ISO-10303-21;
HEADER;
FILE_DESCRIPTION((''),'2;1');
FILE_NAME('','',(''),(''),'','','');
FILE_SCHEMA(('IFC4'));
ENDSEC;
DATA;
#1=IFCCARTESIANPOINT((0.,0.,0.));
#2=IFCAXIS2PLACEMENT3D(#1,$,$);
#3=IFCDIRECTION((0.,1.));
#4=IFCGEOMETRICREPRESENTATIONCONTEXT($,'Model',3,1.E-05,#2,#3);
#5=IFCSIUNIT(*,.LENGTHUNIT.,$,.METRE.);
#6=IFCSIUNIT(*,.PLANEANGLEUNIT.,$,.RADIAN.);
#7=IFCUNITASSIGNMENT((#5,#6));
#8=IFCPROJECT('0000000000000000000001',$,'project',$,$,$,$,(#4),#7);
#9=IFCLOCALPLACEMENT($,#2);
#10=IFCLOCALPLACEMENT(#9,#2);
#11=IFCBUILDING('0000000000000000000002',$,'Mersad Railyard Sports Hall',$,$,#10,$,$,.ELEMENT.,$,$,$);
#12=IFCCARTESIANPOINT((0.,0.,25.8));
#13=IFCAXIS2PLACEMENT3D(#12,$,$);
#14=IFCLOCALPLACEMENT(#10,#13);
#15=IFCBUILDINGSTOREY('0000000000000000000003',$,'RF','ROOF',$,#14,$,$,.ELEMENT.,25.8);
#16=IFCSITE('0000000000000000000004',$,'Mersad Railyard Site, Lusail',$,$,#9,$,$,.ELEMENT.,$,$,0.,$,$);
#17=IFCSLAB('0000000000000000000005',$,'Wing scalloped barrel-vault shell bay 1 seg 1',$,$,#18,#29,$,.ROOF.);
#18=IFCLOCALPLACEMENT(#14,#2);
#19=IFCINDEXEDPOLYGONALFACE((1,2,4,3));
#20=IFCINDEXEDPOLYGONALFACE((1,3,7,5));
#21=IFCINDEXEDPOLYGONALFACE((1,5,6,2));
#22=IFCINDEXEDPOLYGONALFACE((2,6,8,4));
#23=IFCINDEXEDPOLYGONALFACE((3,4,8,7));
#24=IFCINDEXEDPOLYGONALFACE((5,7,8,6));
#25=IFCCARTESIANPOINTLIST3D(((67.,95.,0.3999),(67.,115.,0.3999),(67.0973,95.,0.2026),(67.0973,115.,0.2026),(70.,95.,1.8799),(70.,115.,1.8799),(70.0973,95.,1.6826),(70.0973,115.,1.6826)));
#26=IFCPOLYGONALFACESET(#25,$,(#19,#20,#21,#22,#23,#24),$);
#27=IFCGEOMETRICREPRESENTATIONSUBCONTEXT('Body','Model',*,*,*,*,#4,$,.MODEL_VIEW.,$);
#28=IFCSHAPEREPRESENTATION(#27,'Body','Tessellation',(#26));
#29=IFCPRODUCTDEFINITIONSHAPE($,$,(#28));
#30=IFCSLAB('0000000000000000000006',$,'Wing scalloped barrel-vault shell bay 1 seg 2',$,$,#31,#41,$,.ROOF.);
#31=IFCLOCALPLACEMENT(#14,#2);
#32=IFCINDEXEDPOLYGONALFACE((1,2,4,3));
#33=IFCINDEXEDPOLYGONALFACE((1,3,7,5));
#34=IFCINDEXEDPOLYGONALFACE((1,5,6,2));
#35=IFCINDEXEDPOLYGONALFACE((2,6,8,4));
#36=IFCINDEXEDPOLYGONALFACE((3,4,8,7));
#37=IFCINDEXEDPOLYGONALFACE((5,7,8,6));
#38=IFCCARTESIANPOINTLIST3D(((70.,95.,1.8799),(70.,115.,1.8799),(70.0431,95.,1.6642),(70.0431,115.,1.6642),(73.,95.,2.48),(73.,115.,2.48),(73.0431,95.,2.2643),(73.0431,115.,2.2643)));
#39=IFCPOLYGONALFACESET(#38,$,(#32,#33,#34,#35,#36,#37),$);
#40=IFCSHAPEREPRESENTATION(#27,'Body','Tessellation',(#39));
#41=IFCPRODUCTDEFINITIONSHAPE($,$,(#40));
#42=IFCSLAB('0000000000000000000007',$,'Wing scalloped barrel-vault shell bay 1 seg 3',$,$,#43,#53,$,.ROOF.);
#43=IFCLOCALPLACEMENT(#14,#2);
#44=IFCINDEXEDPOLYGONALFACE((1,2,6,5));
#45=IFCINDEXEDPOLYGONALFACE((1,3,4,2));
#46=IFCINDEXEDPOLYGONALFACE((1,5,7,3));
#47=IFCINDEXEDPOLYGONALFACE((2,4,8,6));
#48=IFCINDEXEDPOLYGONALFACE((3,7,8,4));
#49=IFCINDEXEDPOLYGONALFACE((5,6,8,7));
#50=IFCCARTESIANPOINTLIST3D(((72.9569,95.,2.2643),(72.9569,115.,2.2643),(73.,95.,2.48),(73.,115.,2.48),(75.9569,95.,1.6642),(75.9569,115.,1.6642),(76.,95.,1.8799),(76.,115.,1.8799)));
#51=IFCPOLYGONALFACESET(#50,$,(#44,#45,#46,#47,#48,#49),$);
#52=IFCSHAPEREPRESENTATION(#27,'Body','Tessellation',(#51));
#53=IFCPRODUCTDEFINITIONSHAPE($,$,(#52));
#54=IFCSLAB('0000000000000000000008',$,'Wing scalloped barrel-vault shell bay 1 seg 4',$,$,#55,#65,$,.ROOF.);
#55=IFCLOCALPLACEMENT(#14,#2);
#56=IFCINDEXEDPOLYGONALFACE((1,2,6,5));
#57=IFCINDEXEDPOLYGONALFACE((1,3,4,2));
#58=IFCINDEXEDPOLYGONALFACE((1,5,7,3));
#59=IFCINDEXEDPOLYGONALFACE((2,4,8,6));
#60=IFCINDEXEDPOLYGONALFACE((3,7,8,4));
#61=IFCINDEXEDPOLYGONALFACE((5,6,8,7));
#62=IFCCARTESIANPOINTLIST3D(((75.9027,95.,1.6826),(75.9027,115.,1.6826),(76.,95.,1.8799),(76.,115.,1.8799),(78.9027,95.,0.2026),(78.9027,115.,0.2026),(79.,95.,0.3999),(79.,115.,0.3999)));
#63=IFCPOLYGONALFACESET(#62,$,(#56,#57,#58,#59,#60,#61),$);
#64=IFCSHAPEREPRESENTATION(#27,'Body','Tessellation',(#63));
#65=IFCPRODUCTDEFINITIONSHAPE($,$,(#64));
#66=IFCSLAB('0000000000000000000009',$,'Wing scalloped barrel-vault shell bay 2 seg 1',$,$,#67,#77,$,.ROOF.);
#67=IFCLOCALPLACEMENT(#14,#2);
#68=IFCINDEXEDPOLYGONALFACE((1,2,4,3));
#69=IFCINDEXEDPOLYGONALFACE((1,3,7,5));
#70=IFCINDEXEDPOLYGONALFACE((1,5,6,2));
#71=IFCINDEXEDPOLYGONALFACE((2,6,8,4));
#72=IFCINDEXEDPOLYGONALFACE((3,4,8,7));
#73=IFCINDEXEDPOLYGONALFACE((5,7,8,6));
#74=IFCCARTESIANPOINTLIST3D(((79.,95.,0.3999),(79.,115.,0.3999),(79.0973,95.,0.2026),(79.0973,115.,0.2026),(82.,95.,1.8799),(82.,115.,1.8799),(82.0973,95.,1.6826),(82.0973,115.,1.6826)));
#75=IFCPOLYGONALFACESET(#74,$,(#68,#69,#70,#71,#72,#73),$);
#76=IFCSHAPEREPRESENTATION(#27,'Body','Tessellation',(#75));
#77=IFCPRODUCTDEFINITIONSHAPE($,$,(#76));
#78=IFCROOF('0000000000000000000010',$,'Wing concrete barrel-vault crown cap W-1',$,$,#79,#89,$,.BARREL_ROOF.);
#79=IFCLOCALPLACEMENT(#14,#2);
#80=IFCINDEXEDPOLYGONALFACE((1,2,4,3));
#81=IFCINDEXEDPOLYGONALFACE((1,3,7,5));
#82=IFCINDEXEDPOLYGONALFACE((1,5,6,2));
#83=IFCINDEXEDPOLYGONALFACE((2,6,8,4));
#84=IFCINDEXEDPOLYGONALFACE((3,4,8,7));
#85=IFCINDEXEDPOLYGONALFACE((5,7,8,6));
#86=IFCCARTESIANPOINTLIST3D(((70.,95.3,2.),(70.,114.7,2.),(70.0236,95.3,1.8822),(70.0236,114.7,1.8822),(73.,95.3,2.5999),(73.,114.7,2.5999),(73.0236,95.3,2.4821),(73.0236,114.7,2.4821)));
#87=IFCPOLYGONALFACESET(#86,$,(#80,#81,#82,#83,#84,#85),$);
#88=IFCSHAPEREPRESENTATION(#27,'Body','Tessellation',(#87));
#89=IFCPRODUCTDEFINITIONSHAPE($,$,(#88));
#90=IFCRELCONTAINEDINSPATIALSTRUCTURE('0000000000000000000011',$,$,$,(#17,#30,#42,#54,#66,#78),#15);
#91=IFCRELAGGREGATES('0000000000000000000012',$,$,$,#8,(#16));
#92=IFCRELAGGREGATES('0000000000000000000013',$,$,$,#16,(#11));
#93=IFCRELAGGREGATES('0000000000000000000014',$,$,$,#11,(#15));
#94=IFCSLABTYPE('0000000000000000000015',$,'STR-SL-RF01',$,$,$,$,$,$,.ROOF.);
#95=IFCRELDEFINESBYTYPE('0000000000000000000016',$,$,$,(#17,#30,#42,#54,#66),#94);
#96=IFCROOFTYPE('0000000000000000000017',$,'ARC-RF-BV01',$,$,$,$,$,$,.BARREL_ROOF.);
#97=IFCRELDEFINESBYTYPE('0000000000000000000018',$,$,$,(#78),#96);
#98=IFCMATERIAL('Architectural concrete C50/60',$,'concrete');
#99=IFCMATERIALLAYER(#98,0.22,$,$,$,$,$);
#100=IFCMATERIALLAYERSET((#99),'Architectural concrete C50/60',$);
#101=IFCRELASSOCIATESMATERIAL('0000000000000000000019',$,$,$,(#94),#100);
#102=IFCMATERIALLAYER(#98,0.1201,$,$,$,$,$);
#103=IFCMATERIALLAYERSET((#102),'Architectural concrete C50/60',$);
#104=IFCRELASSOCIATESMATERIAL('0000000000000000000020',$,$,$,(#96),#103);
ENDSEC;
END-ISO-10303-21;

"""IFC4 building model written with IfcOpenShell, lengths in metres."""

from ifc_helpers import new_model, si_unit, direction, frame, origin, place, context, subcontext, project, spatial, polyline, outline, extrude, material, layer, layer_set, type_object, element, save


model = new_model("IFC4")

# Units and contexts
model_context = context("Model", 3, precision=1e-05, world=origin(), true_north=direction((0.0, 1.0)))
body_context = subcontext(model_context, "Body", "Model", "MODEL_VIEW")
ifc_project = project(units=[si_unit("LENGTHUNIT", "METRE"), si_unit("PLANEANGLEUNIT", "RADIAN")], contexts=[model_context])

# Site, building, storey
site_placement = place(None, origin())
site = spatial("IfcSite", under=ifc_project, at=site_placement, Name="Mersad Railyard Site, Lusail", CompositionType="ELEMENT", RefElevation=0.0)
building_placement = place(site_placement, origin())
building = spatial("IfcBuilding", under=site, at=building_placement, Name="Mersad Railyard Sports Hall", CompositionType="ELEMENT")
storey_placement = place(building_placement, frame((0.0, 0.0, 25.8)))
storey = spatial("IfcBuildingStorey", under=building, at=storey_placement, Name="RF", Description="ROOF", CompositionType="ELEMENT", Elevation=25.8)

# Shared definitions
ifc_material_1 = material(Name="Architectural concrete C50/60", Category="concrete")

# Slabs
ifc_layer_1 = layer(ifc_material_1, 0.22)
ifc_layer_set_1 = layer_set([ifc_layer_1], Name="Architectural concrete C50/60")
slab_type = type_object("IfcSlabType", Name="STR-SL-RF01", PredefinedType="ROOF", material=ifc_layer_set_1)
slab_placement = place(storey_placement, frame((67.0, 95.0, 0.3999), z_axis=(-0.44242, 0.0, 0.896808), x_axis=(0.896808, 0.0, 0.44242)))
element("IfcSlab", 1, at=slab_placement, inside=storey, type_object=slab_type, Name="Wing scalloped barrel-vault shell bay 1 seg 1", PredefinedType="ROOF", context=body_context, shape_type="SweptSolid", body=[
    extrude(outline(polyline([(0.0, 0.0), (3.3452, 0.0), (3.3452, 20.0), (0.0, 20.0), (0.0, 0.0)])), origin(), (0.0, 0.0, -1.0), 0.22),
])
for number, where, z_axis, x_axis, name in (
    (2, (70.0, 95.0, 1.8799), (-0.196147, 0.0, 0.980575), (0.980575, 0.0, 0.196147), "Wing scalloped barrel-vault shell bay 1 seg 2"),
    (3, (73.0, 95.0, 2.48), (0.196147, 0.0, 0.980575), (0.980575, 0.0, -0.196147), "Wing scalloped barrel-vault shell bay 1 seg 3"),
):
    element("IfcSlab", number, at=place(storey_placement, frame(where, z_axis=z_axis, x_axis=x_axis)), inside=storey, type_object=slab_type, Name=name, PredefinedType="ROOF", context=body_context, shape_type="SweptSolid", body=[
        extrude(outline(polyline([(0.0, 0.0), (3.0594, 0.0), (3.0594, 20.0), (0.0, 20.0), (0.0, 0.0)])), origin(), (0.0, 0.0, -1.0), 0.22),
    ])
for number, where, z_axis, x_axis, name in (
    (4, (76.0, 95.0, 1.8799), (0.44242, 0.0, 0.896808), (0.896808, 0.0, -0.44242), "Wing scalloped barrel-vault shell bay 1 seg 4"),
    (5, (79.0, 95.0, 0.3999), (-0.44242, 0.0, 0.896808), (0.896808, 0.0, 0.44242), "Wing scalloped barrel-vault shell bay 2 seg 1"),
):
    element("IfcSlab", number, at=place(storey_placement, frame(where, z_axis=z_axis, x_axis=x_axis)), inside=storey, type_object=slab_type, Name=name, PredefinedType="ROOF", context=body_context, shape_type="SweptSolid", body=[
        extrude(outline(polyline([(0.0, 0.0), (3.3452, 0.0), (3.3452, 20.0), (0.0, 20.0), (0.0, 0.0)])), origin(), (0.0, 0.0, -1.0), 0.22),
    ])

# Roof
ifc_layer_2 = layer(ifc_material_1, 0.1201)
ifc_layer_set_2 = layer_set([ifc_layer_2], Name="Architectural concrete C50/60")
roof_type = type_object("IfcRoofType", Name="ARC-RF-BV01", PredefinedType="BARREL_ROOF", material=ifc_layer_set_2)
roof_placement = place(storey_placement, frame((70.0, 95.3, 2.0), z_axis=(-0.19607, 0.0, 0.98059), x_axis=(0.98059, 0.0, 0.19607)))
element("IfcRoof", 6, at=roof_placement, inside=storey, type_object=roof_type, Name="Wing concrete barrel-vault crown cap W-1", PredefinedType="BARREL_ROOF", context=body_context, shape_type="SweptSolid", body=[
    extrude(outline(polyline([(0.0, 0.0), (3.0594, 0.0), (3.0594, 19.3999), (0.0, 19.3999), (0.0, 0.0)])), origin(), (0.0, 0.0, -1.0), 0.1201),
])

save(model, "model.ifc")
